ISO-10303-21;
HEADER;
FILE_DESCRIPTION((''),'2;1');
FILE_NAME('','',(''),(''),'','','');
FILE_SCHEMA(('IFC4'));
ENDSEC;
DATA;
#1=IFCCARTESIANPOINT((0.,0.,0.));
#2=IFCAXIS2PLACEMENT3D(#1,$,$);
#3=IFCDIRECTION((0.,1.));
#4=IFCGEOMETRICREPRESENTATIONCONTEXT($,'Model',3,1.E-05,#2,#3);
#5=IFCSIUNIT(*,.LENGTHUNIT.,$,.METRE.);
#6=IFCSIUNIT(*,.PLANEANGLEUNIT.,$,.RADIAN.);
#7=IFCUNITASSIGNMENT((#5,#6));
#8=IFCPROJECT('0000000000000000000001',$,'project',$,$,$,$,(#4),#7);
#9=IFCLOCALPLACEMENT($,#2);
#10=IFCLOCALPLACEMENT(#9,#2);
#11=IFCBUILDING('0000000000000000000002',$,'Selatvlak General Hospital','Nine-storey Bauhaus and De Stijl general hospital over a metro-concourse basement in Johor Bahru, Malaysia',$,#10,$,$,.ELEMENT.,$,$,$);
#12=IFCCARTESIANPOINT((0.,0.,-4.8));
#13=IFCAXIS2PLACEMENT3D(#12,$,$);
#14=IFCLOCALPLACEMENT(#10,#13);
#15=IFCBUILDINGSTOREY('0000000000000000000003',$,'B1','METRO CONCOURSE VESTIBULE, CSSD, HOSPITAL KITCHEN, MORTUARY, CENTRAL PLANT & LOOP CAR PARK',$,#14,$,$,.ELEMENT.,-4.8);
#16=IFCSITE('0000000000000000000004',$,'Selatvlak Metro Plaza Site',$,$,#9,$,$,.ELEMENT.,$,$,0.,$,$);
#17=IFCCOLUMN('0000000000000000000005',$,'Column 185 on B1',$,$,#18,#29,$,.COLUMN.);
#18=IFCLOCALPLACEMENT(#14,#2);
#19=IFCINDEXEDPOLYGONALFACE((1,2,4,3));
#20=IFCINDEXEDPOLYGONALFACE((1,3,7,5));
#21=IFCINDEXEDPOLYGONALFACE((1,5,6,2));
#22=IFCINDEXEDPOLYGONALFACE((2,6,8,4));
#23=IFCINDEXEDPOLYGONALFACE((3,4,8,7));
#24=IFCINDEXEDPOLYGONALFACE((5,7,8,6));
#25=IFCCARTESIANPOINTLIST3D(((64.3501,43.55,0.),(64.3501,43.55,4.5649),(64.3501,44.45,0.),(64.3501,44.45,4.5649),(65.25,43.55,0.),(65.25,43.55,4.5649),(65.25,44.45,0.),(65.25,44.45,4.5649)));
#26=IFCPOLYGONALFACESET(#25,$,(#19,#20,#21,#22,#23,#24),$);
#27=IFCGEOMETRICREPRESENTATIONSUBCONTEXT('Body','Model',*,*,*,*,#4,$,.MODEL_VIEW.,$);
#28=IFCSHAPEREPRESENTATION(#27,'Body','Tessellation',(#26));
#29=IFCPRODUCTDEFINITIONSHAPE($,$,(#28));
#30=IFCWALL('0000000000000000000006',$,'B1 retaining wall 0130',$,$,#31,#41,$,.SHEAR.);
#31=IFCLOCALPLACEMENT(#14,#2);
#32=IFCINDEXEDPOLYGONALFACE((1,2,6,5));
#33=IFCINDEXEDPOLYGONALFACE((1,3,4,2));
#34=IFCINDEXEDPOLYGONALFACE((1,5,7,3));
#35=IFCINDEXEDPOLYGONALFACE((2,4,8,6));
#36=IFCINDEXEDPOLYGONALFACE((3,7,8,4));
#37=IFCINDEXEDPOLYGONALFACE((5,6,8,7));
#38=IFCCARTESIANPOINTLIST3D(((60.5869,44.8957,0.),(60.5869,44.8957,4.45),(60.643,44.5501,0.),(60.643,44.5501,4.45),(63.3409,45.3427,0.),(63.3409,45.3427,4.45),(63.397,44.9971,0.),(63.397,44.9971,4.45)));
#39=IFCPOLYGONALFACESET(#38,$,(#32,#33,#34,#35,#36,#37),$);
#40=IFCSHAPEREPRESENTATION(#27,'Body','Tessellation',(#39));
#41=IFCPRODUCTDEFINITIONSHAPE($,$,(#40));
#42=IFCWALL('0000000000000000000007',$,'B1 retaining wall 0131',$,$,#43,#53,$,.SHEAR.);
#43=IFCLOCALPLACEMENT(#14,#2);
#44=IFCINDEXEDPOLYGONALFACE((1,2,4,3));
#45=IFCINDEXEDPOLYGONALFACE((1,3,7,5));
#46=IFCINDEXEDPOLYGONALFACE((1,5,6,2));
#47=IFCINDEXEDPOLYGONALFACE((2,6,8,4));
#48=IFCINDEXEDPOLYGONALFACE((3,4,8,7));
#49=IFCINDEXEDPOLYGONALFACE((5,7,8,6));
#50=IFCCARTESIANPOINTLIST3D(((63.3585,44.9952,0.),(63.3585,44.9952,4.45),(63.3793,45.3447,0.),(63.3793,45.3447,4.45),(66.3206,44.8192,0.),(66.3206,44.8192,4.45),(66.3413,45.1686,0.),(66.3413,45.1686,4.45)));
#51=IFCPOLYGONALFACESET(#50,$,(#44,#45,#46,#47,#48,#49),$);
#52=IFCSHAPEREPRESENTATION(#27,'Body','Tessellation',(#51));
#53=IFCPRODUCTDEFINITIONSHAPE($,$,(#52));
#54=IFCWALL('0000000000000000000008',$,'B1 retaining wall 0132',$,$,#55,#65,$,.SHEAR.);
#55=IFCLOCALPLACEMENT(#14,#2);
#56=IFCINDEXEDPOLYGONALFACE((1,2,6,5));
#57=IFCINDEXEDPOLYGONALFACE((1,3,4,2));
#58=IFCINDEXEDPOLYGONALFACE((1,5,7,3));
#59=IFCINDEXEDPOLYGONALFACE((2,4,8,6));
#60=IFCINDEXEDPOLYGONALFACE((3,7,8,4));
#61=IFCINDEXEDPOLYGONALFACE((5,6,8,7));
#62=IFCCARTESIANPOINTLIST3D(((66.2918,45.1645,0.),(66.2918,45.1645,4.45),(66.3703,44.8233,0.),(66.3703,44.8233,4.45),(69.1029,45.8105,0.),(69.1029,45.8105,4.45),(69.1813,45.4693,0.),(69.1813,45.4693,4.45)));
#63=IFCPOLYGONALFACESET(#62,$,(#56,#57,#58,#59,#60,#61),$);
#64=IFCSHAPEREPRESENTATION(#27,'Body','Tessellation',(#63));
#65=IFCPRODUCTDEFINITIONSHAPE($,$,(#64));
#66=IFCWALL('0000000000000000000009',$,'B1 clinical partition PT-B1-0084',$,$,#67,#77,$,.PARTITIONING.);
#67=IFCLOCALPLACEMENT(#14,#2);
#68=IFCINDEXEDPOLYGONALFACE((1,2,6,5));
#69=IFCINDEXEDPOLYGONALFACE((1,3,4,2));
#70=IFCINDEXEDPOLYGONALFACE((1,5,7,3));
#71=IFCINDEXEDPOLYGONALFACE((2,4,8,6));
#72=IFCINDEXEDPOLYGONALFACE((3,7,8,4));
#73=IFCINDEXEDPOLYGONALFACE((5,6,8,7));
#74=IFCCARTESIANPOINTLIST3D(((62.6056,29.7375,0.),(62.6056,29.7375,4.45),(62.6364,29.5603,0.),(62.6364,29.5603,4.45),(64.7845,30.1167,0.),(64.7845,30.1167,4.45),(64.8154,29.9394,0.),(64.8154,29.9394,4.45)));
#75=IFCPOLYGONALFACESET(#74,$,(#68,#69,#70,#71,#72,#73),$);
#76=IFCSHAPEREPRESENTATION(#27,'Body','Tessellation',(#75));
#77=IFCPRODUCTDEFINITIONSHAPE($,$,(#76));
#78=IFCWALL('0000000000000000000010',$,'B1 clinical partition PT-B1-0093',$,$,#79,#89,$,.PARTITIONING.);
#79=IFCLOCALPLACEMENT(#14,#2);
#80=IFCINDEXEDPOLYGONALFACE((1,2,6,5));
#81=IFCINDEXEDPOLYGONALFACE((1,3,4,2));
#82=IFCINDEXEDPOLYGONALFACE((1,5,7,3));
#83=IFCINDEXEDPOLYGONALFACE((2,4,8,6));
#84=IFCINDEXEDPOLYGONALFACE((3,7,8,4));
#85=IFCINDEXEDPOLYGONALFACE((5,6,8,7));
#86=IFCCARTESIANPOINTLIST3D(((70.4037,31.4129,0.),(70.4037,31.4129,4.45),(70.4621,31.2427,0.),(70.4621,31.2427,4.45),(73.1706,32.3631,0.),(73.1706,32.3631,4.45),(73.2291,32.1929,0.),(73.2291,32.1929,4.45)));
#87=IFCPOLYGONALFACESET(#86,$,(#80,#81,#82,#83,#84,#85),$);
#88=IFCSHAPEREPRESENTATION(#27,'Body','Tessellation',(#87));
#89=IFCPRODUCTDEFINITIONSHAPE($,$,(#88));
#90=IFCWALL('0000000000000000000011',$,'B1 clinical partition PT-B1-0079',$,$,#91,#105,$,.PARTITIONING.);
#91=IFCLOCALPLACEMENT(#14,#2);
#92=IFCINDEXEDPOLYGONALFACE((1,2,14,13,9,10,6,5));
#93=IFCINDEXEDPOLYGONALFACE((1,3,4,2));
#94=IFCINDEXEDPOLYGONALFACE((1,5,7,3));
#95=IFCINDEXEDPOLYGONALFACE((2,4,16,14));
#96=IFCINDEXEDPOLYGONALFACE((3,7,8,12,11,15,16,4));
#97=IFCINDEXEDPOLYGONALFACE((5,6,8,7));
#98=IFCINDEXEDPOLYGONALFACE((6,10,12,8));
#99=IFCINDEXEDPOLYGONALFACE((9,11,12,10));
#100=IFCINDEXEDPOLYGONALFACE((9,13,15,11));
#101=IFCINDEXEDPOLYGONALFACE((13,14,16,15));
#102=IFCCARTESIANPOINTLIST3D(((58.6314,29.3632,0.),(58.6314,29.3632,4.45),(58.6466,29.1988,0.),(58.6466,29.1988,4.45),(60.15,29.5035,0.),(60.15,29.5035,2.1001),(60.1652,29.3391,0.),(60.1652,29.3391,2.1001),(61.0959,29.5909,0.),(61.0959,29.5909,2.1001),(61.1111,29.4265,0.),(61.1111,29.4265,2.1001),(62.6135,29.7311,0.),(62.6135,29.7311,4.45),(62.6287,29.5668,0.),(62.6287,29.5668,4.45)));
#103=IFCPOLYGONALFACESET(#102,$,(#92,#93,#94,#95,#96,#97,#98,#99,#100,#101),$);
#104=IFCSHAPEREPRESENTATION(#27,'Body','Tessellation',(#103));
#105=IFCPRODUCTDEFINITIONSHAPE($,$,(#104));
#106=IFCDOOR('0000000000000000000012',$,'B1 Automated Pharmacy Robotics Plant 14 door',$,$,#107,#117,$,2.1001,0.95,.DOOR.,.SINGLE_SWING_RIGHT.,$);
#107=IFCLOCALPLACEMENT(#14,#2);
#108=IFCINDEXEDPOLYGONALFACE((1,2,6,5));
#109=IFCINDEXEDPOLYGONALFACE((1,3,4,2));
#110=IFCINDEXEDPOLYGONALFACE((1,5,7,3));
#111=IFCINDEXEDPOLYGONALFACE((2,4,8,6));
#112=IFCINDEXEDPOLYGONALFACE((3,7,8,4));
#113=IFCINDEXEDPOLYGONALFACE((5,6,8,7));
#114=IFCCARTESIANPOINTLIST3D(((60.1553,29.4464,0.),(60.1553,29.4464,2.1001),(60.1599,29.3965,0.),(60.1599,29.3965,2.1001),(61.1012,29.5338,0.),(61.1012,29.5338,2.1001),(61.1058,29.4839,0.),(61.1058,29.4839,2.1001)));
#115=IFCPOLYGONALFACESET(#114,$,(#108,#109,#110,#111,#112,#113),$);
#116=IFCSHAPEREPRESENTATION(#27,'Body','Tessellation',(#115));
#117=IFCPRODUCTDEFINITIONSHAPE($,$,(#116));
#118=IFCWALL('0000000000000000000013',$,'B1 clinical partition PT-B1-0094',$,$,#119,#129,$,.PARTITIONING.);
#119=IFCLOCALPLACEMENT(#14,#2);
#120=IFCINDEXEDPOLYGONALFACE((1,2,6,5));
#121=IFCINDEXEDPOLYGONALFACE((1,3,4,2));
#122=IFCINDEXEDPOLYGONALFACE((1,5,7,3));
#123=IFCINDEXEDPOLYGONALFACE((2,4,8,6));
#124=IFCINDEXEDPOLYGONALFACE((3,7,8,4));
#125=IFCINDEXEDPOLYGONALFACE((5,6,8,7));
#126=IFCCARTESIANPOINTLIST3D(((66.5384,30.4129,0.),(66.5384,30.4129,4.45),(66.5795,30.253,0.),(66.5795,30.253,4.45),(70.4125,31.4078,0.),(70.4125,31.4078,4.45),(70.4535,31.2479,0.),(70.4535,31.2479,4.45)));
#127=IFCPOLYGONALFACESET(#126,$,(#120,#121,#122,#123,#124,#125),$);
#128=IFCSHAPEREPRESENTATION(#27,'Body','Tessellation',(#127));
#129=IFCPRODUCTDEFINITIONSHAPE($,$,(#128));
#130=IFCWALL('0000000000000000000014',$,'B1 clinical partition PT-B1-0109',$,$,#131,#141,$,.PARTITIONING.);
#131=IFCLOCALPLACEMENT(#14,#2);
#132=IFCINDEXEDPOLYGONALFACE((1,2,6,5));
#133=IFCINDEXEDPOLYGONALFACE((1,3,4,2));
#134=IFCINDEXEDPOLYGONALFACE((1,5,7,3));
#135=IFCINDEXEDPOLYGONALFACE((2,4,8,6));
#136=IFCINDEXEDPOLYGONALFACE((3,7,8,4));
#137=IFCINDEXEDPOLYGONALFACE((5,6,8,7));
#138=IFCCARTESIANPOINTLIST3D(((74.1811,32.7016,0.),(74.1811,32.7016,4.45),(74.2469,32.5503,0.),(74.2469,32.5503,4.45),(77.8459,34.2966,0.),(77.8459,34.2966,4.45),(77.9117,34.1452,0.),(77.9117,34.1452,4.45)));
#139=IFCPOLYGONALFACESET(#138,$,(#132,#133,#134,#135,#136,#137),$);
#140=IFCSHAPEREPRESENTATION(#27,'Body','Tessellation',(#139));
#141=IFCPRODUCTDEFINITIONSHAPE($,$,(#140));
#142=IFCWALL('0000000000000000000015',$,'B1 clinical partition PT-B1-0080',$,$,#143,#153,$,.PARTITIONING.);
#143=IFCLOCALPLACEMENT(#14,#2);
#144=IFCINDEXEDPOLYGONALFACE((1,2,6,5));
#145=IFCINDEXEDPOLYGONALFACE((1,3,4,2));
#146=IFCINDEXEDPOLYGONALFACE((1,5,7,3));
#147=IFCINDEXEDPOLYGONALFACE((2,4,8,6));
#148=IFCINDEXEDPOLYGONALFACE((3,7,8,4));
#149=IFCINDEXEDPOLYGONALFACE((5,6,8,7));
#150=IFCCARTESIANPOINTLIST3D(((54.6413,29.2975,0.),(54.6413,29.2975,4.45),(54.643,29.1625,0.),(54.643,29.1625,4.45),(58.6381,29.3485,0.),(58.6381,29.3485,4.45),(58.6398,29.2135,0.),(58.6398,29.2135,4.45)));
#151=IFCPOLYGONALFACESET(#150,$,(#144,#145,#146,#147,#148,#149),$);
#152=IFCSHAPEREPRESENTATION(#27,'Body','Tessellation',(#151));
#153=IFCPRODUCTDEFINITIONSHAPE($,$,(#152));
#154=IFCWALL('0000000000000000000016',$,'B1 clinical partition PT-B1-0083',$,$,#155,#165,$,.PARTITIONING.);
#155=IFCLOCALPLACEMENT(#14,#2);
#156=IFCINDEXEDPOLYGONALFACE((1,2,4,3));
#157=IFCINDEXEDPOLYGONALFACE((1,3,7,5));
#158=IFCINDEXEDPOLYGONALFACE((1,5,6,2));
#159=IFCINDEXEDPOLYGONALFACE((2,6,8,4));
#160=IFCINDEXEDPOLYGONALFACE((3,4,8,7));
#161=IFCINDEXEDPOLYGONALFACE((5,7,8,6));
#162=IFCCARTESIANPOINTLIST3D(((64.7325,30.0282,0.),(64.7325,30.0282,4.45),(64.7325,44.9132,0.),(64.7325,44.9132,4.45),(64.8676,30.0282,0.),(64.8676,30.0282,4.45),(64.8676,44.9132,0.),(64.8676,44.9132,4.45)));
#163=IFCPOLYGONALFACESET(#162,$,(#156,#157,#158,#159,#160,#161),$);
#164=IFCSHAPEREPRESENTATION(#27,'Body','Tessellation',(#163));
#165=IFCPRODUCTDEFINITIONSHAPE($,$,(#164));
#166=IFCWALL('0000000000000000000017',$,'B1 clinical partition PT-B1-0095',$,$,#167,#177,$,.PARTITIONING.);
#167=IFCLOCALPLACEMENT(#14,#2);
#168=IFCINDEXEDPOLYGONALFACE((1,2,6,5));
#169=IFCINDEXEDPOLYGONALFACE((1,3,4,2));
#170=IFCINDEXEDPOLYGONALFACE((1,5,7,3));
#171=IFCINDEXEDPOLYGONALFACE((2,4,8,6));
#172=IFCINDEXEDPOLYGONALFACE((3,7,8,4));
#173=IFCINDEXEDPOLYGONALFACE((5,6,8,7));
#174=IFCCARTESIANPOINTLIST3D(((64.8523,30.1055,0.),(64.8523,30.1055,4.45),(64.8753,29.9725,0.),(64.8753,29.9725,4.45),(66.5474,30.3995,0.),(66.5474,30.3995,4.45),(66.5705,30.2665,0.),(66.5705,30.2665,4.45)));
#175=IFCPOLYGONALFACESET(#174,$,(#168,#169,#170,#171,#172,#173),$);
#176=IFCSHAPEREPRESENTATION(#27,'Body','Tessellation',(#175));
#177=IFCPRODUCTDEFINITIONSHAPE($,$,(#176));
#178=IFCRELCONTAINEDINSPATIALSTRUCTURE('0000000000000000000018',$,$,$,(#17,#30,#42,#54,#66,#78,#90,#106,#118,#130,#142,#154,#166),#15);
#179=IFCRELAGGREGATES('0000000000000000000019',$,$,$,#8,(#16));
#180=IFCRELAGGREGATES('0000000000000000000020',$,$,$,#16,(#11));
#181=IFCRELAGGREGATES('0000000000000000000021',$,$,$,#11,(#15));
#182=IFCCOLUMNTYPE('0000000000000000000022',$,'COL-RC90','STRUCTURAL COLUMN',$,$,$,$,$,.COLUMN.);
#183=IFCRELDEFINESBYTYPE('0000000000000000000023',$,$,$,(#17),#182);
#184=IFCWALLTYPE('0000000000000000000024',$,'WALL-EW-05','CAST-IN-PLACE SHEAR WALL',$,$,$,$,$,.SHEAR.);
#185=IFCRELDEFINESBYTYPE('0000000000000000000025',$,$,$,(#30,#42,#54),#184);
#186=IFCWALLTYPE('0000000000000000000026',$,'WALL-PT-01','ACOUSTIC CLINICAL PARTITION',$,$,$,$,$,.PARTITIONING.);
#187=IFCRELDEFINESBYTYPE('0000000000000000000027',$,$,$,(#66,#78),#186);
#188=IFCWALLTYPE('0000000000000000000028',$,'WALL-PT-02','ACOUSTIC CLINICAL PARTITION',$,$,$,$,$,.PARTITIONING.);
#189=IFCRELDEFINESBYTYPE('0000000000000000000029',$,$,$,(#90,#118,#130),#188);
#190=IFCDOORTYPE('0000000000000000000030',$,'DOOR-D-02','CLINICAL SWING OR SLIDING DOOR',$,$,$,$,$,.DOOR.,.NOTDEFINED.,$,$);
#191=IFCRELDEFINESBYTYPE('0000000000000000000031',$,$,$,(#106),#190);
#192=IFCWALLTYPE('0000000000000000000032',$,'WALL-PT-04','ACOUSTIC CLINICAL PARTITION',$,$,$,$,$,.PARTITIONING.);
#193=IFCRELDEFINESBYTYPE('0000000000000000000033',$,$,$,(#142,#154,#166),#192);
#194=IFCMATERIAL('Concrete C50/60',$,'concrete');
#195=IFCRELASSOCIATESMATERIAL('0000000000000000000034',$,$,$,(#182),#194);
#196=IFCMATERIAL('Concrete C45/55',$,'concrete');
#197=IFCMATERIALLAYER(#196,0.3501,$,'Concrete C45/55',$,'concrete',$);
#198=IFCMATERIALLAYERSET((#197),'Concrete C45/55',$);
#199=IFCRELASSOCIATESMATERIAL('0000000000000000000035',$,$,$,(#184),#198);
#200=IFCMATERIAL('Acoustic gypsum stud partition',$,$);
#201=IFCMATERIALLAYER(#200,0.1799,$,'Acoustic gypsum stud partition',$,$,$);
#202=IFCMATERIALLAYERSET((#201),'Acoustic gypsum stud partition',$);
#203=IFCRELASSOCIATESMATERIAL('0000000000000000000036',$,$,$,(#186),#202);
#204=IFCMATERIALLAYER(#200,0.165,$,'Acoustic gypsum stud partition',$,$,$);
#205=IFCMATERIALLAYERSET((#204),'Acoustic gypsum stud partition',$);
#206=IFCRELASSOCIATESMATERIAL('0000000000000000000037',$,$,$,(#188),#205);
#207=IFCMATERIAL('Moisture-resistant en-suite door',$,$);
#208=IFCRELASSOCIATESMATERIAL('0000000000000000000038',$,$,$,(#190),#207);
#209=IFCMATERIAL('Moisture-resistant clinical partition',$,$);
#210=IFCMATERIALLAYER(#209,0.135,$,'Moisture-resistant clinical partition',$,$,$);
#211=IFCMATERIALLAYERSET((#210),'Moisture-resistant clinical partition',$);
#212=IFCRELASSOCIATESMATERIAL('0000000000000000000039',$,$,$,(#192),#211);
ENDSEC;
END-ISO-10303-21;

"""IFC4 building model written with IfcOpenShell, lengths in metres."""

from ifc_helpers import new_model, si_unit, direction, frame, frame_2d, origin, origin_2d, place, context, subcontext, project, spatial, rectangle, extrude, material, layer, layer_set, material_profile, profile_set, type_object, element, fill, save


model = new_model("IFC4")

# Units and contexts
model_context = context("Model", 3, precision=1e-05, world=origin(), true_north=direction((0.0, 1.0)))
body_context = subcontext(model_context, "Body", "Model", "MODEL_VIEW")
ifc_project = project(units=[si_unit("LENGTHUNIT", "METRE"), si_unit("PLANEANGLEUNIT", "RADIAN")], contexts=[model_context])

# Site, building, storey
site_placement = place(None, origin())
site = spatial("IfcSite", under=ifc_project, at=site_placement, Name="Selatvlak Metro Plaza Site", CompositionType="ELEMENT", RefElevation=0.0)
building_placement = place(site_placement, origin())
building = spatial("IfcBuilding", under=site, at=building_placement, Name="Selatvlak General Hospital", Description="Nine-storey Bauhaus and De Stijl general hospital over a metro-concourse basement in Johor Bahru, Malaysia", CompositionType="ELEMENT")
storey_placement = place(building_placement, frame((0.0, 0.0, -4.8)))
storey = spatial("IfcBuildingStorey", under=building, at=storey_placement, Name="B1", Description="METRO CONCOURSE VESTIBULE, CSSD, HOSPITAL KITCHEN, MORTUARY, CENTRAL PLANT & LOOP CAR PARK", CompositionType="ELEMENT", Elevation=-4.8)

# Column
ifc_material_1 = material(Name="Concrete C50/60", Category="concrete")
ifc_material_profile_1 = material_profile(ifc_material_1, rectangle(XDim=0.8999, YDim=0.8999, at=origin_2d()), Name="RC-COL 900x900")
ifc_profile_set_1 = profile_set([ifc_material_profile_1], Name="Concrete C50/60")
column_type_1 = type_object("IfcColumnType", Name="COL-RC90", Description="STRUCTURAL COLUMN", PredefinedType="COLUMN", material=ifc_profile_set_1)
column_placement = place(storey_placement, frame((64.8, 44.0, 0.0), z_axis=(0.0, 0.0, 1.0), x_axis=(1.0, 0.0, 0.0)))
element("IfcColumn", 1, at=column_placement, inside=storey, type_object=column_type_1, Name="Column 185 on B1", PredefinedType="COLUMN", context=body_context, shape_type="SweptSolid", body=[
    extrude(rectangle(XDim=0.8999, YDim=0.8999, at=origin_2d()), origin(), (0.0, 0.0, 1.0), 4.5649),
])

# Walls
ifc_material_2 = material(Name="Concrete C45/55", Category="concrete")
ifc_layer_1 = layer(ifc_material_2, 0.3501, Name="Concrete C45/55", Category="concrete")
ifc_layer_set_1 = layer_set([ifc_layer_1], Name="Concrete C45/55")
wall_type_1 = type_object("IfcWallType", Name="WALL-EW-05", Description="CAST-IN-PLACE SHEAR WALL", PredefinedType="SHEAR", material=ifc_layer_set_1)
wall_1_placement = place(storey_placement, frame((60.615, 44.7229, 0.0), z_axis=(0.0, 0.0, 1.0), x_axis=(0.98708, 0.160226, 0.0)))
element("IfcWall", 2, at=wall_1_placement, inside=storey, type_object=wall_type_1, Name="B1 retaining wall 0130", PredefinedType="SHEAR", context=body_context, shape_type="SweptSolid", body=[
    extrude(rectangle(XDim=2.79, YDim=0.3501, at=frame_2d((1.395, 0.0))), origin(), (0.0, 0.0, 1.0), 4.45),
])
wall_2_placement = place(storey_placement, frame((63.3689, 45.1699, 0.0), z_axis=(0.0, 0.0, 1.0), x_axis=(0.998239, -0.05932, 0.0)))
element("IfcWall", 3, at=wall_2_placement, inside=storey, type_object=wall_type_1, Name="B1 retaining wall 0131", PredefinedType="SHEAR", context=body_context, shape_type="SweptSolid", body=[
    extrude(rectangle(XDim=2.9673, YDim=0.3501, at=frame_2d((1.4836, 0.0))), origin(), (0.0, 0.0, 1.0), 4.45),
])
wall_3_placement = place(storey_placement, frame((66.3311, 44.9939, 0.0), z_axis=(0.0, 0.0, 1.0), x_axis=(0.974596, 0.223969, 0.0)))
element("IfcWall", 4, at=wall_3_placement, inside=storey, type_object=wall_type_1, Name="B1 retaining wall 0132", PredefinedType="SHEAR", context=body_context, shape_type="SweptSolid", body=[
    extrude(rectangle(XDim=2.8843, YDim=0.3501, at=frame_2d((1.4421, 0.0))), origin(), (0.0, 0.0, 1.0), 4.45),
])
ifc_material_3 = material(Name="Acoustic gypsum stud partition")
ifc_layer_2 = layer(ifc_material_3, 0.1799, Name="Acoustic gypsum stud partition")
ifc_layer_set_2 = layer_set([ifc_layer_2], Name="Acoustic gypsum stud partition")
wall_type_2 = type_object("IfcWallType", Name="WALL-PT-01", Description="ACOUSTIC CLINICAL PARTITION", PredefinedType="PARTITIONING", material=ifc_layer_set_2)
wall_4_placement = place(storey_placement, frame((64.8, 30.0281, 0.0), z_axis=(0.0, 0.0, 1.0), x_axis=(-0.985196, -0.17143, 0.0)))
element("IfcWall", 5, at=wall_4_placement, inside=storey, type_object=wall_type_2, Name="B1 clinical partition PT-B1-0084", PredefinedType="PARTITIONING", context=body_context, shape_type="SweptSolid", body=[
    extrude(rectangle(XDim=2.2117, YDim=0.1799, at=frame_2d((1.106, 0.0))), origin(), (0.0, 0.0, 1.0), 4.45),
])
wall_5_placement = place(storey_placement, frame((73.2, 32.2781, 0.0), z_axis=(0.0, 0.0, 1.0), x_axis=(-0.945782, -0.324802, 0.0)))
element("IfcWall", 6, at=wall_5_placement, inside=storey, type_object=wall_type_2, Name="B1 clinical partition PT-B1-0093", PredefinedType="PARTITIONING", context=body_context, shape_type="SweptSolid", body=[
    extrude(rectangle(XDim=2.9255, YDim=0.1799, at=frame_2d((1.4629, 0.0))), origin(), (0.0, 0.0, 1.0), 4.45),
])

# Wall, opening, door
ifc_layer_3 = layer(ifc_material_3, 0.165, Name="Acoustic gypsum stud partition")
ifc_layer_set_3 = layer_set([ifc_layer_3], Name="Acoustic gypsum stud partition")
wall_type_3 = type_object("IfcWallType", Name="WALL-PT-02", Description="ACOUSTIC CLINICAL PARTITION", PredefinedType="PARTITIONING", material=ifc_layer_set_3)
wall_6_placement = place(storey_placement, frame((62.6211, 29.6489, 0.0), z_axis=(0.0, 0.0, 1.0), x_axis=(-0.995759, -0.092, 0.0)))
wall_6 = element("IfcWall", 7, at=wall_6_placement, inside=storey, type_object=wall_type_3, Name="B1 clinical partition PT-B1-0079", PredefinedType="PARTITIONING", context=body_context, shape_type="SweptSolid", body=[
    extrude(rectangle(XDim=3.999, YDim=0.165, at=frame_2d((1.9995, 0.0))), origin(), (0.0, 0.0, 1.0), 4.45),
])
opening_1_placement = place(wall_6_placement, frame((1.5239, 0.0, 0.0)))
opening_1 = element("IfcOpeningElement", 8, at=opening_1_placement, cuts=wall_6, PredefinedType="OPENING", context=body_context, shape_type="SweptSolid", body=[
    extrude(rectangle(XDim=0.95, YDim=2.1001, at=frame_2d((0.4751, 1.05))), frame((0.0, 0.0925, 0.0), z_axis=(0.0, -1.0, 0.0), x_axis=(1.0, 0.0, 0.0)), (0.0, 0.0, 1.0), 0.1851),
])
ifc_material_4 = material(Name="Moisture-resistant en-suite door")
door_type_1 = type_object("IfcDoorType", Name="DOOR-D-02", Description="CLINICAL SWING OR SLIDING DOOR", OperationType="NOTDEFINED", PredefinedType="DOOR", material=ifc_material_4)
door_1_placement = place(opening_1_placement, origin())
door_1 = element("IfcDoor", 9, at=door_1_placement, inside=storey, type_object=door_type_1, Name="B1 Automated Pharmacy Robotics Plant 14 door", OperationType="SINGLE_SWING_RIGHT", OverallHeight=2.1001, OverallWidth=0.95, PredefinedType="DOOR", context=body_context, shape_type="SweptSolid", body=[
    extrude(rectangle(XDim=0.95, YDim=2.1001, at=frame_2d((0.4751, 1.05))), frame((0.0, 0.0249, 0.0), z_axis=(0.0, -1.0, 0.0), x_axis=(1.0, 0.0, 0.0)), (0.0, 0.0, 1.0), 0.05),
])
fill(opening_1, door_1)

# Wall
wall_7_placement = place(storey_placement, frame((70.4331, 31.3279, 0.0), z_axis=(0.0, 0.0, 1.0), x_axis=(-0.968572, -0.248735, 0.0)))
element("IfcWall", 10, at=wall_7_placement, inside=storey, type_object=wall_type_3, Name="B1 clinical partition PT-B1-0094", PredefinedType="PARTITIONING", context=body_context, shape_type="SweptSolid", body=[
    extrude(rectangle(XDim=3.9998, YDim=0.165, at=frame_2d((2.0, 0.0))), origin(), (0.0, 0.0, 1.0), 4.45),
])

# Walls
wall_8_placement = place(storey_placement, frame((77.8789, 34.2209, 0.0), z_axis=(0.0, 0.0, 1.0), x_axis=(-0.916925, -0.399059, 0.0)))
element("IfcWall", 11, at=wall_8_placement, inside=storey, type_object=wall_type_3, Name="B1 clinical partition PT-B1-0109", PredefinedType="PARTITIONING", context=body_context, shape_type="SweptSolid", body=[
    extrude(rectangle(XDim=3.9968, YDim=0.165, at=frame_2d((1.9985, 0.0))), origin(), (0.0, 0.0, 1.0), 4.45),
])
ifc_material_5 = material(Name="Moisture-resistant clinical partition")
ifc_layer_4 = layer(ifc_material_5, 0.135, Name="Moisture-resistant clinical partition")
ifc_layer_set_4 = layer_set([ifc_layer_4], Name="Moisture-resistant clinical partition")
wall_type_4 = type_object("IfcWallType", Name="WALL-PT-04", Description="ACOUSTIC CLINICAL PARTITION", PredefinedType="PARTITIONING", material=ifc_layer_set_4)
wall_9_placement = place(storey_placement, frame((58.6389, 29.281, 0.0), z_axis=(0.0, 0.0, 1.0), x_axis=(-0.999919, -0.012765, 0.0)))
element("IfcWall", 12, at=wall_9_placement, inside=storey, type_object=wall_type_4, Name="B1 clinical partition PT-B1-0080", PredefinedType="PARTITIONING", context=body_context, shape_type="SweptSolid", body=[
    extrude(rectangle(XDim=3.9971, YDim=0.135, at=frame_2d((1.9985, 0.0))), origin(), (0.0, 0.0, 1.0), 4.45),
])
wall_10_placement = place(storey_placement, frame((64.8, 44.9131, 0.0), z_axis=(0.0, 0.0, 1.0), x_axis=(0.0, -1.0, 0.0)))
element("IfcWall", 13, at=wall_10_placement, inside=storey, type_object=wall_type_4, Name="B1 clinical partition PT-B1-0083", PredefinedType="PARTITIONING", context=body_context, shape_type="SweptSolid", body=[
    extrude(rectangle(XDim=14.885, YDim=0.135, at=frame_2d((7.4424, 0.0))), origin(), (0.0, 0.0, 1.0), 4.45),
])
wall_11_placement = place(storey_placement, frame((66.5591, 30.333, 0.0), z_axis=(0.0, 0.0, 1.0), x_axis=(-0.985295, -0.170862, 0.0)))
element("IfcWall", 14, at=wall_11_placement, inside=storey, type_object=wall_type_4, Name="B1 clinical partition PT-B1-0095", PredefinedType="PARTITIONING", context=body_context, shape_type="SweptSolid", body=[
    extrude(rectangle(XDim=1.7205, YDim=0.135, at=frame_2d((0.8604, 0.0))), origin(), (0.0, 0.0, 1.0), 4.45),
])

save(model, "model.ifc")
